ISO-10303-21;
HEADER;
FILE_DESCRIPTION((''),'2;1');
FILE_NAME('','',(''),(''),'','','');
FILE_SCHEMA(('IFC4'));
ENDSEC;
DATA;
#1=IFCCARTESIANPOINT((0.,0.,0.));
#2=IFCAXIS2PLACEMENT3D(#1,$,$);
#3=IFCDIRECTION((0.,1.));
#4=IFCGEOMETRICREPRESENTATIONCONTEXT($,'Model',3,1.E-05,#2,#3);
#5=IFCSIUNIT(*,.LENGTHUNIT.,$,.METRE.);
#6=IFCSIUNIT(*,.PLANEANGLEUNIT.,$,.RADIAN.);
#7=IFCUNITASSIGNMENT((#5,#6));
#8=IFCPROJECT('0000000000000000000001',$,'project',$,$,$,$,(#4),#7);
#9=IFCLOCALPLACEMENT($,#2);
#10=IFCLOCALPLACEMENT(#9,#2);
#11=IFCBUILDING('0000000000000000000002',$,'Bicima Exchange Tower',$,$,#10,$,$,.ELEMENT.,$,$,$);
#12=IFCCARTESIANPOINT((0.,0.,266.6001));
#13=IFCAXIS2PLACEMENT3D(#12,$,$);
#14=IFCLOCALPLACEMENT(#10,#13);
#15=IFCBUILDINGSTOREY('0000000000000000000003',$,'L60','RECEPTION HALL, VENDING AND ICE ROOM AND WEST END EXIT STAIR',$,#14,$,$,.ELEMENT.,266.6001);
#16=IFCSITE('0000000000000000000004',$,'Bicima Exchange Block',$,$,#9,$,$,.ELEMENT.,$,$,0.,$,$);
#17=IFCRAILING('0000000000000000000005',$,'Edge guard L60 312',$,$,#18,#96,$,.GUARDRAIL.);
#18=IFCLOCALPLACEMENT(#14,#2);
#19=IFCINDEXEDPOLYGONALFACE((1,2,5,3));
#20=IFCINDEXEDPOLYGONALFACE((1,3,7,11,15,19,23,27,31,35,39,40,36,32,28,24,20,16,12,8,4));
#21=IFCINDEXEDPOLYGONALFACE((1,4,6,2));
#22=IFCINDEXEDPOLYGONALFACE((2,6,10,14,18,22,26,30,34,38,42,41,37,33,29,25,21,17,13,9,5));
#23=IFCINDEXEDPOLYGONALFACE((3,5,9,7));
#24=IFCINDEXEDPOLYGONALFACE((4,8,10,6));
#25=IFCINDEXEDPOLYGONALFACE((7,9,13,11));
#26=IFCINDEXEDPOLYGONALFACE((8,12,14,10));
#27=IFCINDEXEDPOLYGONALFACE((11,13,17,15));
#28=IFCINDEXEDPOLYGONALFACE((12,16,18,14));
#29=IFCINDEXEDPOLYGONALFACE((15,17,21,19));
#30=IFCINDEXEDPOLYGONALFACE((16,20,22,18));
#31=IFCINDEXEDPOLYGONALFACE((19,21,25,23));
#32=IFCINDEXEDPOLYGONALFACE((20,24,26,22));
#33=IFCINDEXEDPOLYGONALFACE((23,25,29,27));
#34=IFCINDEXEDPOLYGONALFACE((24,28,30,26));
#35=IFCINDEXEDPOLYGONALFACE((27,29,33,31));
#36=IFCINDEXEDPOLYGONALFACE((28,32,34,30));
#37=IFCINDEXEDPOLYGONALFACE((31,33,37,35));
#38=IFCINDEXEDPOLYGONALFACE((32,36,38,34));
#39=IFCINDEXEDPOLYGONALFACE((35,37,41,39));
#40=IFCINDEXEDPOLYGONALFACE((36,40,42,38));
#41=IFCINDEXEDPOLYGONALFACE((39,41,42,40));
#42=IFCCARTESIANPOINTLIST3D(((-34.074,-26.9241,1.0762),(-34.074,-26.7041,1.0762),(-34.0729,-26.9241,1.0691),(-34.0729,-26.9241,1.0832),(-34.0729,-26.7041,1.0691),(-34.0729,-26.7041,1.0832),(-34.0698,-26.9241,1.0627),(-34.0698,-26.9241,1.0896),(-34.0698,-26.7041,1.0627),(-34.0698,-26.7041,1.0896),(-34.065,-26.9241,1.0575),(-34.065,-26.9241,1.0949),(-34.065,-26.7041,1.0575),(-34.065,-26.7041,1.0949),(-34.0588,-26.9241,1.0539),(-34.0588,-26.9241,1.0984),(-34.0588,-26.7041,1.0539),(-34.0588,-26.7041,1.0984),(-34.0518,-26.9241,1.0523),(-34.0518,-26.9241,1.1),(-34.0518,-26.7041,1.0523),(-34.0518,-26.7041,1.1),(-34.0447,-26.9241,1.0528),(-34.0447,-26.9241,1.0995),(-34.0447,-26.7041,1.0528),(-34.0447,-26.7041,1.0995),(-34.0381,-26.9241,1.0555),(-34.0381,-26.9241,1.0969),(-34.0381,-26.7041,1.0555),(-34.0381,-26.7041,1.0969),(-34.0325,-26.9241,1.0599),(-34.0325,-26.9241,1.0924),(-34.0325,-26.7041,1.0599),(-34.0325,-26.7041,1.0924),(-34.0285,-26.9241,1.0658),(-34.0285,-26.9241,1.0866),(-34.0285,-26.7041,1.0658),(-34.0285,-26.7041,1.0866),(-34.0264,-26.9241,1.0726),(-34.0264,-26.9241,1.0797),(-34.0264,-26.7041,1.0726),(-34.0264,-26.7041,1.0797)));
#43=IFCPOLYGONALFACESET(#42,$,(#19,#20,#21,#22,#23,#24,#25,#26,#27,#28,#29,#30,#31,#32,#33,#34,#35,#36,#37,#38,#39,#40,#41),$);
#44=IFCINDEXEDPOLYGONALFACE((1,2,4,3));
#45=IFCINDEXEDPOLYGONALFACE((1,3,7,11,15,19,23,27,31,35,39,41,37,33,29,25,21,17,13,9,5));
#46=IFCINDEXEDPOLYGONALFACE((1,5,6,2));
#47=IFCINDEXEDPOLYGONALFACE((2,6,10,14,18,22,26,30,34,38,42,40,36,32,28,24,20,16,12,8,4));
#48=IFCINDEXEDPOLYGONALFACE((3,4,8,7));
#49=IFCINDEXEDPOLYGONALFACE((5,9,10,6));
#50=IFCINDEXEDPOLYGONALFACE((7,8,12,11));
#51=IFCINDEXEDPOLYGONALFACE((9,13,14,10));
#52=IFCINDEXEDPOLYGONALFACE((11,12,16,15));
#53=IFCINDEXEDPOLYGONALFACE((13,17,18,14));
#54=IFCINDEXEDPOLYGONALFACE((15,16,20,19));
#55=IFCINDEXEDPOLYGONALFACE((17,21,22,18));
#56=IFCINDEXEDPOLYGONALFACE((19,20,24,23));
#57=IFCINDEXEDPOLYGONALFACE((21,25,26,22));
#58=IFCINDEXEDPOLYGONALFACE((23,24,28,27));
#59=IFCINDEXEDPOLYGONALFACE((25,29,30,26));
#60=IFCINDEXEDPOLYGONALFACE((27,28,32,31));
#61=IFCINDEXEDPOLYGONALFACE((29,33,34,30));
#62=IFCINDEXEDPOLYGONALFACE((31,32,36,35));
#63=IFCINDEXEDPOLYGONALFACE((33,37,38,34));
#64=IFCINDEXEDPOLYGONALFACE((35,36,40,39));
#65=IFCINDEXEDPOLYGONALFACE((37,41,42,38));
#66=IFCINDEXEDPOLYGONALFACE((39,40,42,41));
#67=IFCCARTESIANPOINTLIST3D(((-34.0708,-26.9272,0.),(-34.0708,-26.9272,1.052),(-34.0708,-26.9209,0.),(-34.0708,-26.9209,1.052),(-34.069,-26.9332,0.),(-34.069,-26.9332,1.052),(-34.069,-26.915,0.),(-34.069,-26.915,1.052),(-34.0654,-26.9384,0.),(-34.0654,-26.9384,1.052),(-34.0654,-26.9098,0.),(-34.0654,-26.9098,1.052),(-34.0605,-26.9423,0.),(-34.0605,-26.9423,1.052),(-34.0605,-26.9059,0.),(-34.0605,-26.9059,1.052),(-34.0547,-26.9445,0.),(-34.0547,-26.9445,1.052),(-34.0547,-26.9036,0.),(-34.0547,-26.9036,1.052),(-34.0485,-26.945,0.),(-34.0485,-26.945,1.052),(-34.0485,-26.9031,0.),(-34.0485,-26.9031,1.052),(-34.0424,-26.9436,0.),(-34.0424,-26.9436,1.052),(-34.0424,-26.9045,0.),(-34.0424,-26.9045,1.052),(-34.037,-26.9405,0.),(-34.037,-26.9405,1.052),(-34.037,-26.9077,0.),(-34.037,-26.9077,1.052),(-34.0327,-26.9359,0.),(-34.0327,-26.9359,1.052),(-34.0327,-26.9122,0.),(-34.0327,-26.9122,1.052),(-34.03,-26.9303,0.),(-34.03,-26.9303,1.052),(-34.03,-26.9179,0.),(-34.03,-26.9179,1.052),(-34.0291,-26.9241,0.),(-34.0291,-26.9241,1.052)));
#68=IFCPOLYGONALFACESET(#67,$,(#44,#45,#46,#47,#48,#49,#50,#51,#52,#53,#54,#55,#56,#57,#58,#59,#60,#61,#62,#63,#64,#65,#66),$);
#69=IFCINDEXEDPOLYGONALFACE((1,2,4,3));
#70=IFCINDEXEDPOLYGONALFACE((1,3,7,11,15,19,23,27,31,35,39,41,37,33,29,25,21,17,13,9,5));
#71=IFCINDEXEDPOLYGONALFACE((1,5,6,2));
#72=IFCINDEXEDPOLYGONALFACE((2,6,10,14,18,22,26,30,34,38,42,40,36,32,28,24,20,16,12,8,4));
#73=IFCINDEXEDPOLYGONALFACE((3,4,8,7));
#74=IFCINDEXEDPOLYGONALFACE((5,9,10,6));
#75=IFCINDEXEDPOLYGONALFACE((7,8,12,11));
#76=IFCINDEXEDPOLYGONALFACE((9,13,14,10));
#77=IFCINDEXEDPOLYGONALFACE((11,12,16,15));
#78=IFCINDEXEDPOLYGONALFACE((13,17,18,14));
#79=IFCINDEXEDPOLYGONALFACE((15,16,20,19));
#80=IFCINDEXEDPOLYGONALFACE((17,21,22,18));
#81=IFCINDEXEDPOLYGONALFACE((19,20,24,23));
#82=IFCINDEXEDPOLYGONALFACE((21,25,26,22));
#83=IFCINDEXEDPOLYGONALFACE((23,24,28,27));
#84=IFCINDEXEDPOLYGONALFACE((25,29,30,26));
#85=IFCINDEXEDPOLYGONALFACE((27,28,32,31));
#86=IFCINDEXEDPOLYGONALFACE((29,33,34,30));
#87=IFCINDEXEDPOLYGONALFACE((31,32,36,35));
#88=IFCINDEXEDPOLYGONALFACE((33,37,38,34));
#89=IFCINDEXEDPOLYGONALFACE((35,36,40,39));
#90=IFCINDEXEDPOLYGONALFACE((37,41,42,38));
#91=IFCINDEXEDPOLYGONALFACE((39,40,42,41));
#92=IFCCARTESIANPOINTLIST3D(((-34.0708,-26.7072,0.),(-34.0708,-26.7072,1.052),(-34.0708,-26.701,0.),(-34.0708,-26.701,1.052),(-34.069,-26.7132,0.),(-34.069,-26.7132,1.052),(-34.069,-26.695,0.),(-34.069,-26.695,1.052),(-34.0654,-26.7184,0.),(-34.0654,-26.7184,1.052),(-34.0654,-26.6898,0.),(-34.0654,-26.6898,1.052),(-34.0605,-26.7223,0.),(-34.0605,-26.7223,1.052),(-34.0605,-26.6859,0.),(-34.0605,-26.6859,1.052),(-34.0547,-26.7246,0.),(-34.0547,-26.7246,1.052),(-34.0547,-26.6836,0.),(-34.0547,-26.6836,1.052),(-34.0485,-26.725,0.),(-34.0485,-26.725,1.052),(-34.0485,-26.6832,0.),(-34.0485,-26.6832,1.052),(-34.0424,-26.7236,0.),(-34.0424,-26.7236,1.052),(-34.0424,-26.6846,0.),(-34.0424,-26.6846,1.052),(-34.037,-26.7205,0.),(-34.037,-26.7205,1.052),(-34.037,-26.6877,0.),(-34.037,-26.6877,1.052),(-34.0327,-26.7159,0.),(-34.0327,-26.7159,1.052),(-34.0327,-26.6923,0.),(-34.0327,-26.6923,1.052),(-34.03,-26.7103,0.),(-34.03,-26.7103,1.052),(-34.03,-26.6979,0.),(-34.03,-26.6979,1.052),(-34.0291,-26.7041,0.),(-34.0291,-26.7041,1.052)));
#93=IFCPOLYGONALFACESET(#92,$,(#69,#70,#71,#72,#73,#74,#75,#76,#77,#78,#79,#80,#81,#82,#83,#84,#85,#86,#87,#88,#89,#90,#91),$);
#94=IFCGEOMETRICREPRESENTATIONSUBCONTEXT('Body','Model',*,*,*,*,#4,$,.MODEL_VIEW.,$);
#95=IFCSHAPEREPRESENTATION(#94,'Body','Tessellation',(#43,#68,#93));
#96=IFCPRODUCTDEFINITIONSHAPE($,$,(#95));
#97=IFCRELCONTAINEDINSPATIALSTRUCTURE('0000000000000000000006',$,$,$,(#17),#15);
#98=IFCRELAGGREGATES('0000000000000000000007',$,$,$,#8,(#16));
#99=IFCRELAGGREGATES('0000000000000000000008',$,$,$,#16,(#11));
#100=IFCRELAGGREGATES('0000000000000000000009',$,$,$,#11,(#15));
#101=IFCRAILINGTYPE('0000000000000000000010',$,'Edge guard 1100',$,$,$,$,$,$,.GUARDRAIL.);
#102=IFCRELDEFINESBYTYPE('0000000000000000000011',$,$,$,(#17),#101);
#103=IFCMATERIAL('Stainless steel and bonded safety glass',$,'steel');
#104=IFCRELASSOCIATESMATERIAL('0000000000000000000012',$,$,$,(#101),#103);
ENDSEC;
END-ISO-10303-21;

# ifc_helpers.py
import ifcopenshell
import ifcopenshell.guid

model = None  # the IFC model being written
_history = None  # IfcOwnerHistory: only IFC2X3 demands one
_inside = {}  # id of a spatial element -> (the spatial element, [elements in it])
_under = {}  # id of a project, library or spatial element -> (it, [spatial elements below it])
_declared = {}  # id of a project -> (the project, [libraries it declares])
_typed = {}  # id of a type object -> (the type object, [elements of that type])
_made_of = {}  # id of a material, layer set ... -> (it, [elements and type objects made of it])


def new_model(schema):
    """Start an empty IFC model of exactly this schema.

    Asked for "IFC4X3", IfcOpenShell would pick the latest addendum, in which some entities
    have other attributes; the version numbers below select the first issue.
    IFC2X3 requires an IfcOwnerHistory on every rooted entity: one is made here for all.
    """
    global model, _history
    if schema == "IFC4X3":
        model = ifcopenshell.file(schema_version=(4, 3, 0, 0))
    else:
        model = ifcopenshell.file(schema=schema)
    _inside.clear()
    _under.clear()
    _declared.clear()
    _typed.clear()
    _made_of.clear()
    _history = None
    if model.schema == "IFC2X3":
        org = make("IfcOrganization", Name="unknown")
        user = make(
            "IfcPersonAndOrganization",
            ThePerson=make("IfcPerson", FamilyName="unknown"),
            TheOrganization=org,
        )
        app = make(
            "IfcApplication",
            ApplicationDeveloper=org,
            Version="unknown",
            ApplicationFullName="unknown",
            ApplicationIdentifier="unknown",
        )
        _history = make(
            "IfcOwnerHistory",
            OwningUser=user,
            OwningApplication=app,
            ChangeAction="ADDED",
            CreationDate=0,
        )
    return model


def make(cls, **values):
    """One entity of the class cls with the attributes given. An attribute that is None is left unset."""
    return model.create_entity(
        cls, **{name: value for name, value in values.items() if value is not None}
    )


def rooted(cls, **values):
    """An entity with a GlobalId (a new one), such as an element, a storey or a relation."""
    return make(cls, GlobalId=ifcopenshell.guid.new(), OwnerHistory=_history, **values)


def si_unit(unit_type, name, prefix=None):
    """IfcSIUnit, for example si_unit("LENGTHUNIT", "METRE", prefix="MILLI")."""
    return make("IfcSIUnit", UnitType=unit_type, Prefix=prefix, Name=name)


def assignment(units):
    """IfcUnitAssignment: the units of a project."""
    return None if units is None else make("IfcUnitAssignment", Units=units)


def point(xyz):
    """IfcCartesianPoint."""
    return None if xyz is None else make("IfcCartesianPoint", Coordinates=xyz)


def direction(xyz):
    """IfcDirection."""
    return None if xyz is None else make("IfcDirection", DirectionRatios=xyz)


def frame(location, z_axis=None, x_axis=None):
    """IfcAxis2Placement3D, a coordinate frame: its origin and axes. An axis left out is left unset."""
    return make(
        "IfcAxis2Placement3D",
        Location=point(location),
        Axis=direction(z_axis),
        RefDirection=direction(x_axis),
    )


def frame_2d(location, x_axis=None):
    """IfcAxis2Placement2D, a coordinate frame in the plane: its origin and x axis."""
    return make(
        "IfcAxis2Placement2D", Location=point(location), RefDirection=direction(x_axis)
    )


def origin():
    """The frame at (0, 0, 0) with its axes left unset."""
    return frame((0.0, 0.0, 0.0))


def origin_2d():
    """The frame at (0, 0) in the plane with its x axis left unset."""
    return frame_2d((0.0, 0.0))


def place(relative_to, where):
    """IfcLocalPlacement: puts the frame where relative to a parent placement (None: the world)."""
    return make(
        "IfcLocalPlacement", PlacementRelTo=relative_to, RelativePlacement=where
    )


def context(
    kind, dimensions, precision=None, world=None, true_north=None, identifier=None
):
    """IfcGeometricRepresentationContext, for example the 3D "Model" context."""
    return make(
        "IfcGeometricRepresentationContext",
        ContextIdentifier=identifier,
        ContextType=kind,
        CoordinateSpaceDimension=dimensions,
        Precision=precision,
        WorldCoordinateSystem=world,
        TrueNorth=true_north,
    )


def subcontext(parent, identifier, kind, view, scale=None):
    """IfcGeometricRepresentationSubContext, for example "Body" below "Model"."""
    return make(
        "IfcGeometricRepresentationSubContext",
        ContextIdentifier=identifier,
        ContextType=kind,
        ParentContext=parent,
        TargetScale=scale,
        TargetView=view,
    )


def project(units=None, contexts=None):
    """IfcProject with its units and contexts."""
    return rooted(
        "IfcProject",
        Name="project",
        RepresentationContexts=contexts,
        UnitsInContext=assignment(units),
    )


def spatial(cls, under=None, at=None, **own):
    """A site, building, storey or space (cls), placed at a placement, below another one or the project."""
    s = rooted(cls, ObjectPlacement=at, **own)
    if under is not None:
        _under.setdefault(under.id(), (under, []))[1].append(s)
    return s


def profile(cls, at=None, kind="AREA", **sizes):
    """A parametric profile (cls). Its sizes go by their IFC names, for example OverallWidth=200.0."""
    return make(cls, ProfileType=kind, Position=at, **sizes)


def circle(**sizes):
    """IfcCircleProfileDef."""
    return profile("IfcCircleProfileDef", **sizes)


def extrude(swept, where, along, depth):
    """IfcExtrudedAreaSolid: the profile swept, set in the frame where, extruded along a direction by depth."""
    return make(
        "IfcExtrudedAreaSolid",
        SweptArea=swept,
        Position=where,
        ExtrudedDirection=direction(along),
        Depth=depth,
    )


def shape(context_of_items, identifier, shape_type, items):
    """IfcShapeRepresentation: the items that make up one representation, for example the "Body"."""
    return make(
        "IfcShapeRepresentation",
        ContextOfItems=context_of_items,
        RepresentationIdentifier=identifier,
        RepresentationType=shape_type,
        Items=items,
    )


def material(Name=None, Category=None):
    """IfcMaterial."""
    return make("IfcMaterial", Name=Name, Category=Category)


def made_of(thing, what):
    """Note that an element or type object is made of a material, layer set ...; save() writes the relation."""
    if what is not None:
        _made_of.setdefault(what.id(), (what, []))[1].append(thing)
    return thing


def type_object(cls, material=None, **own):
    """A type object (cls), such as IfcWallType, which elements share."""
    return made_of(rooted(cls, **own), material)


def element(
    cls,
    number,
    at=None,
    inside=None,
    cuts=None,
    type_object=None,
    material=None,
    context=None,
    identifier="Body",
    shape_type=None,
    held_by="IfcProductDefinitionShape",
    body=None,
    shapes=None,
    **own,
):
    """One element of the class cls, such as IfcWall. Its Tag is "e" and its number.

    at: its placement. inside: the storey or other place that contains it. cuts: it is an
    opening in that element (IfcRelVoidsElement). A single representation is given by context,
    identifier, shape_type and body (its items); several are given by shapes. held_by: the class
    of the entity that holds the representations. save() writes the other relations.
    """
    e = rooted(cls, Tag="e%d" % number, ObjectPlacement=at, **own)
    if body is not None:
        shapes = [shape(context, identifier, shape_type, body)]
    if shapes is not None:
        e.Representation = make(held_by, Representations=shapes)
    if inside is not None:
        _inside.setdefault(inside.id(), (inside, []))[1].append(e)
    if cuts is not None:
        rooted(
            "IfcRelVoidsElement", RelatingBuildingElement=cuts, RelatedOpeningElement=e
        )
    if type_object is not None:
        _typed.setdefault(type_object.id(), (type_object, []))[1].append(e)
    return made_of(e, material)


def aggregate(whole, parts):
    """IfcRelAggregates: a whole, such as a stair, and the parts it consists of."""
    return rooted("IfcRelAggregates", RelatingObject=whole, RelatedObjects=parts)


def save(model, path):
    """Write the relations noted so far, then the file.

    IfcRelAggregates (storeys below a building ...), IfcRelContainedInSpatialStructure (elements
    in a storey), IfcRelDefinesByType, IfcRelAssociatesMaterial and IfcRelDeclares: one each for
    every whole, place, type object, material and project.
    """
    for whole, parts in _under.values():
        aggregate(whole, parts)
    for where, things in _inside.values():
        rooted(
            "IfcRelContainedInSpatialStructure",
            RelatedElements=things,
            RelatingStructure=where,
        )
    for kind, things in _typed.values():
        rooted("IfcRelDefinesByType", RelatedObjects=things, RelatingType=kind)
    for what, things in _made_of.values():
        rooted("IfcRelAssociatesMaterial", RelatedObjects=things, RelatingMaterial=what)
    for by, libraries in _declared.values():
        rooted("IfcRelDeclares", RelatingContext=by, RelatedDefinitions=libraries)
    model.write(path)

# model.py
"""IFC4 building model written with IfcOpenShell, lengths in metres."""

from ifc_helpers import new_model, si_unit, direction, frame, origin, origin_2d, place, context, subcontext, project, spatial, circle, extrude, material, type_object, element, save


model = new_model("IFC4")

# Units and contexts
model_context = context("Model", 3, precision=1e-05, world=origin(), true_north=direction((0.0, 1.0)))
body_context = subcontext(model_context, "Body", "Model", "MODEL_VIEW")
ifc_project = project(units=[si_unit("LENGTHUNIT", "METRE"), si_unit("PLANEANGLEUNIT", "RADIAN")], contexts=[model_context])

# Site, building, storey
site_placement = place(None, origin())
site = spatial("IfcSite", under=ifc_project, at=site_placement, Name="Bicima Exchange Block", CompositionType="ELEMENT", RefElevation=0.0)
building_placement = place(site_placement, origin())
building = spatial("IfcBuilding", under=site, at=building_placement, Name="Bicima Exchange Tower", CompositionType="ELEMENT")
storey_placement = place(building_placement, frame((0.0, 0.0, 266.6001)))
storey = spatial("IfcBuildingStorey", under=building, at=storey_placement, Name="L60", Description="RECEPTION HALL, VENDING AND ICE ROOM AND WEST END EXIT STAIR", CompositionType="ELEMENT", Elevation=266.6001)

# Railing
ifc_material_1 = material(Name="Stainless steel and bonded safety glass", Category="steel")
railing_type = type_object("IfcRailingType", Name="Edge guard 1100", PredefinedType="GUARDRAIL", material=ifc_material_1)
railing_1_placement = place(storey_placement, frame((-34.05, -26.9241, 0.0)))
element("IfcRailing", 1, at=railing_1_placement, inside=storey, type_object=railing_type, Name="Edge guard L60 312", PredefinedType="GUARDRAIL", context=body_context, shape_type="SweptSolid", body=[
    extrude(circle(Radius=0.0239, at=origin_2d()), frame((0.0, 0.0, 1.0762), z_axis=(0.0, 1.0, 0.0), x_axis=(-1.0, 0.0, 0.0)), (0.0, 0.0, 1.0), 0.22),
    extrude(circle(Radius=0.021, at=origin_2d()), origin(), (0.0, 0.0, 1.0), 1.052),
    extrude(circle(Radius=0.021, at=origin_2d()), frame((0.0, 0.22, 0.0)), (0.0, 0.0, 1.0), 1.052),
])

save(model, "model.ifc")
